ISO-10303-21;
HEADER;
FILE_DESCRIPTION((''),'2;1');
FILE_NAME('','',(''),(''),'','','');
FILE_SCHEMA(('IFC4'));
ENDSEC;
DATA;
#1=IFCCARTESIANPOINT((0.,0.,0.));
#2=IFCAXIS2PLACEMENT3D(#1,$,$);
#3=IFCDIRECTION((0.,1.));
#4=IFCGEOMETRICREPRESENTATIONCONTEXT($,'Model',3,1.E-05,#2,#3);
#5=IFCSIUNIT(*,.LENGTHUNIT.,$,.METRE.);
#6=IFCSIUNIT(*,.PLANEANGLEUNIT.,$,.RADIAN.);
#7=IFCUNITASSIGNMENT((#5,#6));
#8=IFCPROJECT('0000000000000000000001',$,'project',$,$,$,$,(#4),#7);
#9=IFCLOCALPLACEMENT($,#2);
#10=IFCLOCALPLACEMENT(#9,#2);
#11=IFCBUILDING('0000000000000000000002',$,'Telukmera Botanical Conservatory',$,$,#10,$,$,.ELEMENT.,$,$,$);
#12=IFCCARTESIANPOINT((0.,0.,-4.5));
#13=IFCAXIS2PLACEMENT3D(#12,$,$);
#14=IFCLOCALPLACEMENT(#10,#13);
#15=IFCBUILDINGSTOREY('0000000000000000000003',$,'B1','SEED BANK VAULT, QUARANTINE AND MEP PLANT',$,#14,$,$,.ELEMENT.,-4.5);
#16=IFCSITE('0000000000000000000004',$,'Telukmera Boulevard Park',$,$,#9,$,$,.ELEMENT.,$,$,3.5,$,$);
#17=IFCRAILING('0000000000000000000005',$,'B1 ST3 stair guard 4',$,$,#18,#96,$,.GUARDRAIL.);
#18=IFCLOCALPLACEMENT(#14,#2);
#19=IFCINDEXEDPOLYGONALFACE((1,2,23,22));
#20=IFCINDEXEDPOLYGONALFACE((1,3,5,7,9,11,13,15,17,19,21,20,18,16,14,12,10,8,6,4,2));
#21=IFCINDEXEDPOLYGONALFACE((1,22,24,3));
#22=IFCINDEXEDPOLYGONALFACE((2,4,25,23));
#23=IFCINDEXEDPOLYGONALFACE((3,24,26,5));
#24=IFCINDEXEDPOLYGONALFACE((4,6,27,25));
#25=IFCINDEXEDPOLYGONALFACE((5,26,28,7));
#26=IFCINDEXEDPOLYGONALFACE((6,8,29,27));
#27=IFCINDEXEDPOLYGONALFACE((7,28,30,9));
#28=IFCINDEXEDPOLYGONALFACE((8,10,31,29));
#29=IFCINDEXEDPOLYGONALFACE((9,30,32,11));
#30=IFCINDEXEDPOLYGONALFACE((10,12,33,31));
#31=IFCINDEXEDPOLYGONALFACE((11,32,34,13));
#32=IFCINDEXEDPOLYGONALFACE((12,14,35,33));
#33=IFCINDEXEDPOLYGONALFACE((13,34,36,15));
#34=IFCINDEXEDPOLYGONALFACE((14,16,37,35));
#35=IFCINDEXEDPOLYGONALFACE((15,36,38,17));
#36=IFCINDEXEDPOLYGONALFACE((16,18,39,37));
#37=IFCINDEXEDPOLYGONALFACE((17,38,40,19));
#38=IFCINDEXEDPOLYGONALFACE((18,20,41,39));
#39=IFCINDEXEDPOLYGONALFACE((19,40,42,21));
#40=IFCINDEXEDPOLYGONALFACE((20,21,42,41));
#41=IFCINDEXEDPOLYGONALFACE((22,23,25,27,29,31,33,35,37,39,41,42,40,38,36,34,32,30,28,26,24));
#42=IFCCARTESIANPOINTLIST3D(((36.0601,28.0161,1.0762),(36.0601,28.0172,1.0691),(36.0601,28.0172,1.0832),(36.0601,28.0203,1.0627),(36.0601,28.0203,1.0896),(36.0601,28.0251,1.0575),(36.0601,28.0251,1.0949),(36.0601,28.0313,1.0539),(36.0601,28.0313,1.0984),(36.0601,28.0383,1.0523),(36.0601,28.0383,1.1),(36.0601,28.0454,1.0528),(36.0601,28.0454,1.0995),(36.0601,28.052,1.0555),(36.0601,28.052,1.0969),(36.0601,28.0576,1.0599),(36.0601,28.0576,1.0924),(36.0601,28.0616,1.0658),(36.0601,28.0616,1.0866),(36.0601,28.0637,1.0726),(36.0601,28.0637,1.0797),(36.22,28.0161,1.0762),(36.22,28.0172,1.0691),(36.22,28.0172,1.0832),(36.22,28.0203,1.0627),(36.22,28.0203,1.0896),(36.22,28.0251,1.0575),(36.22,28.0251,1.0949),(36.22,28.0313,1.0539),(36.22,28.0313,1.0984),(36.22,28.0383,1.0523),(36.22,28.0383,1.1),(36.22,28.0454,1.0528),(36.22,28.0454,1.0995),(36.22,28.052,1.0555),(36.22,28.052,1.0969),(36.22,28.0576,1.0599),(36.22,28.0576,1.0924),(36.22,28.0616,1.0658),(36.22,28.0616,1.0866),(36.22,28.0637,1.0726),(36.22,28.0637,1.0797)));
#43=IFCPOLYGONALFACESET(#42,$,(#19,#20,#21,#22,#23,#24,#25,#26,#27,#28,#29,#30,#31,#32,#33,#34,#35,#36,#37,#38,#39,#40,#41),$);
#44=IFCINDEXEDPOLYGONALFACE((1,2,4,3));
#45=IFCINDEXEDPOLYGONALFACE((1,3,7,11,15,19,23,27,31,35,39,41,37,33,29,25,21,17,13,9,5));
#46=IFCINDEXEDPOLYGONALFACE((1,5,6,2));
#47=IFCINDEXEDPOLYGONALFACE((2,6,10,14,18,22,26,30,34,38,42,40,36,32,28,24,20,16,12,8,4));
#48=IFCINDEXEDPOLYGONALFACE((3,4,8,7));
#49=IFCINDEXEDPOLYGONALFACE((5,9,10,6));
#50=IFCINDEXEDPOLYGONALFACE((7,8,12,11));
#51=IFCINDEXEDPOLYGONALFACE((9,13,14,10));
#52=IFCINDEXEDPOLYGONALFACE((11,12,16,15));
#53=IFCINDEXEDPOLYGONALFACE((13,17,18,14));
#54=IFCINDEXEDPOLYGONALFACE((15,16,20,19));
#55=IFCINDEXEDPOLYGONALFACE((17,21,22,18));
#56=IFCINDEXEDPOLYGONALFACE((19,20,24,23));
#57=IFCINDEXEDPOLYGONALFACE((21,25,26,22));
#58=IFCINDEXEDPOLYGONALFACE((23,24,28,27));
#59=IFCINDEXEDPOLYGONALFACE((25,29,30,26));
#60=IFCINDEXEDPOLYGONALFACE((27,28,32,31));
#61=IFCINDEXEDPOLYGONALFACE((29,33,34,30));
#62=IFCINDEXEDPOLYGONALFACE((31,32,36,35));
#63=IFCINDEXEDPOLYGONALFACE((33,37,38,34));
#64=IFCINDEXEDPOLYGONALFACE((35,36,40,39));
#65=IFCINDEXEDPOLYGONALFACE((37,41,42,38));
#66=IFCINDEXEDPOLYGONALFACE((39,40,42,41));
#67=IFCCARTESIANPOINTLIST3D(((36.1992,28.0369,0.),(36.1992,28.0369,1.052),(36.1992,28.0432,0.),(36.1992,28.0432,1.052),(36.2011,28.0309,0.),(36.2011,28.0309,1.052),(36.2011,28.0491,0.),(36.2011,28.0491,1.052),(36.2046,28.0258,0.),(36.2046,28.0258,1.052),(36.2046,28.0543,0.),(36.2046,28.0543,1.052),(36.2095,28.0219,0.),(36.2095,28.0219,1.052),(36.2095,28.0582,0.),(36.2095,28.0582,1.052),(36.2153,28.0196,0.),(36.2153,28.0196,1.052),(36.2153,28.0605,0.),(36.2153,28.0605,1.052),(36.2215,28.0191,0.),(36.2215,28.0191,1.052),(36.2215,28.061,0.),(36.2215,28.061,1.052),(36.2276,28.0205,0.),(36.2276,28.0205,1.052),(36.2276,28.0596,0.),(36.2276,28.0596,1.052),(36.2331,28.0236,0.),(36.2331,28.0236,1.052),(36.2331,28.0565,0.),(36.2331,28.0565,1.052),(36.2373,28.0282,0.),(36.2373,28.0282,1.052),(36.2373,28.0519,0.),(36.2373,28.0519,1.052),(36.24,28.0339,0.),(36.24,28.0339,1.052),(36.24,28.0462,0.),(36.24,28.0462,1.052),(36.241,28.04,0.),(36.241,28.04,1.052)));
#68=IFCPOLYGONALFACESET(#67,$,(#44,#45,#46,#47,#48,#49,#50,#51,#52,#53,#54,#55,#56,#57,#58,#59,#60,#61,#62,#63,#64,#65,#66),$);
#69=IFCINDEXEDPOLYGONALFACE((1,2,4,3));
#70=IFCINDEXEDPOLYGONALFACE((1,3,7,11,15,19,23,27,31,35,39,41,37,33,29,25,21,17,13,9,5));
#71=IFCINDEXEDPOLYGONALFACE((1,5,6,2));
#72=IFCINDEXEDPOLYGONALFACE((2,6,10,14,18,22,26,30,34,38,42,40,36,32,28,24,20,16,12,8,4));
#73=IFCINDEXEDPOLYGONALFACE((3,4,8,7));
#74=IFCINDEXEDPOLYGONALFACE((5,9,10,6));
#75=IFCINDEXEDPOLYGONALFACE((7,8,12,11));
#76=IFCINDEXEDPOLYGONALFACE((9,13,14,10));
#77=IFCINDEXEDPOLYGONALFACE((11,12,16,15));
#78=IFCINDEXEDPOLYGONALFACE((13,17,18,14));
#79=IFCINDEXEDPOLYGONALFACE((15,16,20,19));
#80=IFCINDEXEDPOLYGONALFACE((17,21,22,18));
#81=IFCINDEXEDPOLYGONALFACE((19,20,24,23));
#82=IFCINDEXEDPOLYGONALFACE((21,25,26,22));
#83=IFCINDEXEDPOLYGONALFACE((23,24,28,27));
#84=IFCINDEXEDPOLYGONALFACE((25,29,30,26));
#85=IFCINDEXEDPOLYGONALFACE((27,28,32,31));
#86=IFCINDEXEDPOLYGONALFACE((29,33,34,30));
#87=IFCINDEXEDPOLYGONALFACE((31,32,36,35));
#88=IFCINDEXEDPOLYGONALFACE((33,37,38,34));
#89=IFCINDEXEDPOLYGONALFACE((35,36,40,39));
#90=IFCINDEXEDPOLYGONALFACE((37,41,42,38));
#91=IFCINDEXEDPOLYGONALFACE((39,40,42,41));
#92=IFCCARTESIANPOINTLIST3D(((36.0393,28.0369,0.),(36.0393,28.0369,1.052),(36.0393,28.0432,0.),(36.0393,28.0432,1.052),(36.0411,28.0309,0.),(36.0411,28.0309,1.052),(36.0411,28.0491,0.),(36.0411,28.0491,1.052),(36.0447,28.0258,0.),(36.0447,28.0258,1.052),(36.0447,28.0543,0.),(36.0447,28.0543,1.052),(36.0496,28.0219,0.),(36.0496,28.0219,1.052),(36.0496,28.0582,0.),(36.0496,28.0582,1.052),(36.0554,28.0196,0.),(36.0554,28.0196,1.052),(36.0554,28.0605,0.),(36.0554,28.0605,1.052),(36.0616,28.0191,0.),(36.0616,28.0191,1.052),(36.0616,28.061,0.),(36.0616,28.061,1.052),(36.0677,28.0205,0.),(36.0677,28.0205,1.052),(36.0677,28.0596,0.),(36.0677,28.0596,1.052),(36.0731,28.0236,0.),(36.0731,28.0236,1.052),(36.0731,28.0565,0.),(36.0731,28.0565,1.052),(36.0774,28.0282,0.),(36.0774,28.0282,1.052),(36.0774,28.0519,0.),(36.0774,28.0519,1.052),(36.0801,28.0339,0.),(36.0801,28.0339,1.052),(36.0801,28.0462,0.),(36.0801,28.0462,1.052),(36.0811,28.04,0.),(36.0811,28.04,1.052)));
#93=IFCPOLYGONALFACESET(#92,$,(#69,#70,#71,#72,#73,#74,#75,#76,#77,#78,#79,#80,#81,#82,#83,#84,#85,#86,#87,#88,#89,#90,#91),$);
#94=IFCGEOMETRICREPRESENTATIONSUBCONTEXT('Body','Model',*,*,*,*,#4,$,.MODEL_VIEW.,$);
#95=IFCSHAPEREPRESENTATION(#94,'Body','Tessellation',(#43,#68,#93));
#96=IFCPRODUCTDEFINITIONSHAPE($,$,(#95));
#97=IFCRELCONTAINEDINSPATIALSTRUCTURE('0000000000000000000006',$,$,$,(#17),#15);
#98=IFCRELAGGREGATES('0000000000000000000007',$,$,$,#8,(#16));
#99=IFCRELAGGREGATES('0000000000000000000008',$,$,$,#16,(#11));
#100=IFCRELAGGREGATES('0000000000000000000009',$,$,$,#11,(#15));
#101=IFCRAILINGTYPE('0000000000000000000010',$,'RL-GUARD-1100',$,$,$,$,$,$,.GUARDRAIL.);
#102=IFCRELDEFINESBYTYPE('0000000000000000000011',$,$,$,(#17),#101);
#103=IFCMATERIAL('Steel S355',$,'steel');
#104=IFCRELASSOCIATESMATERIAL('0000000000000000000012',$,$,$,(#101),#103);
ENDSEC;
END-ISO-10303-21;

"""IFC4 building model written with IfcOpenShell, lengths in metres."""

from ifc_helpers import new_model, si_unit, direction, frame, origin, origin_2d, place, context, subcontext, project, spatial, circle, extrude, material, type_object, element, save


model = new_model("IFC4")

# Units and contexts
model_context = context("Model", 3, precision=1e-05, world=origin(), true_north=direction((0.0, 1.0)))
body_context = subcontext(model_context, "Body", "Model", "MODEL_VIEW")
ifc_project = project(units=[si_unit("LENGTHUNIT", "METRE"), si_unit("PLANEANGLEUNIT", "RADIAN")], contexts=[model_context])

# Site, building, storey
site_placement = place(None, origin())
site = spatial("IfcSite", under=ifc_project, at=site_placement, Name="Telukmera Boulevard Park", CompositionType="ELEMENT", RefElevation=3.5)
building_placement = place(site_placement, origin())
building = spatial("IfcBuilding", under=site, at=building_placement, Name="Telukmera Botanical Conservatory", CompositionType="ELEMENT")
storey_placement = place(building_placement, frame((0.0, 0.0, -4.5)))
storey = spatial("IfcBuildingStorey", under=building, at=storey_placement, Name="B1", Description="SEED BANK VAULT, QUARANTINE AND MEP PLANT", CompositionType="ELEMENT", Elevation=-4.5)

# Railing
ifc_material_1 = material(Name="Steel S355", Category="steel")
railing_type_1 = type_object("IfcRailingType", Name="RL-GUARD-1100", PredefinedType="GUARDRAIL", material=ifc_material_1)
railing_1_placement = place(storey_placement, frame((36.22, 28.04, 0.0)))
element("IfcRailing", 1, at=railing_1_placement, inside=storey, type_object=railing_type_1, Name="B1 ST3 stair guard 4", PredefinedType="GUARDRAIL", context=body_context, shape_type="SweptSolid", body=[
    extrude(circle(Radius=0.0239, at=origin_2d()), frame((0.0, 0.0, 1.0762), z_axis=(-1.0, 0.0, 0.0), x_axis=(0.0, -1.0, 0.0)), (0.0, 0.0, 1.0), 0.1599),
    extrude(circle(Radius=0.021, at=origin_2d()), origin(), (0.0, 0.0, 1.0), 1.052),
    extrude(circle(Radius=0.021, at=origin_2d()), frame((-0.1599, 0.0, 0.0)), (0.0, 0.0, 1.0), 1.052),
])

save(model, "model.ifc")
